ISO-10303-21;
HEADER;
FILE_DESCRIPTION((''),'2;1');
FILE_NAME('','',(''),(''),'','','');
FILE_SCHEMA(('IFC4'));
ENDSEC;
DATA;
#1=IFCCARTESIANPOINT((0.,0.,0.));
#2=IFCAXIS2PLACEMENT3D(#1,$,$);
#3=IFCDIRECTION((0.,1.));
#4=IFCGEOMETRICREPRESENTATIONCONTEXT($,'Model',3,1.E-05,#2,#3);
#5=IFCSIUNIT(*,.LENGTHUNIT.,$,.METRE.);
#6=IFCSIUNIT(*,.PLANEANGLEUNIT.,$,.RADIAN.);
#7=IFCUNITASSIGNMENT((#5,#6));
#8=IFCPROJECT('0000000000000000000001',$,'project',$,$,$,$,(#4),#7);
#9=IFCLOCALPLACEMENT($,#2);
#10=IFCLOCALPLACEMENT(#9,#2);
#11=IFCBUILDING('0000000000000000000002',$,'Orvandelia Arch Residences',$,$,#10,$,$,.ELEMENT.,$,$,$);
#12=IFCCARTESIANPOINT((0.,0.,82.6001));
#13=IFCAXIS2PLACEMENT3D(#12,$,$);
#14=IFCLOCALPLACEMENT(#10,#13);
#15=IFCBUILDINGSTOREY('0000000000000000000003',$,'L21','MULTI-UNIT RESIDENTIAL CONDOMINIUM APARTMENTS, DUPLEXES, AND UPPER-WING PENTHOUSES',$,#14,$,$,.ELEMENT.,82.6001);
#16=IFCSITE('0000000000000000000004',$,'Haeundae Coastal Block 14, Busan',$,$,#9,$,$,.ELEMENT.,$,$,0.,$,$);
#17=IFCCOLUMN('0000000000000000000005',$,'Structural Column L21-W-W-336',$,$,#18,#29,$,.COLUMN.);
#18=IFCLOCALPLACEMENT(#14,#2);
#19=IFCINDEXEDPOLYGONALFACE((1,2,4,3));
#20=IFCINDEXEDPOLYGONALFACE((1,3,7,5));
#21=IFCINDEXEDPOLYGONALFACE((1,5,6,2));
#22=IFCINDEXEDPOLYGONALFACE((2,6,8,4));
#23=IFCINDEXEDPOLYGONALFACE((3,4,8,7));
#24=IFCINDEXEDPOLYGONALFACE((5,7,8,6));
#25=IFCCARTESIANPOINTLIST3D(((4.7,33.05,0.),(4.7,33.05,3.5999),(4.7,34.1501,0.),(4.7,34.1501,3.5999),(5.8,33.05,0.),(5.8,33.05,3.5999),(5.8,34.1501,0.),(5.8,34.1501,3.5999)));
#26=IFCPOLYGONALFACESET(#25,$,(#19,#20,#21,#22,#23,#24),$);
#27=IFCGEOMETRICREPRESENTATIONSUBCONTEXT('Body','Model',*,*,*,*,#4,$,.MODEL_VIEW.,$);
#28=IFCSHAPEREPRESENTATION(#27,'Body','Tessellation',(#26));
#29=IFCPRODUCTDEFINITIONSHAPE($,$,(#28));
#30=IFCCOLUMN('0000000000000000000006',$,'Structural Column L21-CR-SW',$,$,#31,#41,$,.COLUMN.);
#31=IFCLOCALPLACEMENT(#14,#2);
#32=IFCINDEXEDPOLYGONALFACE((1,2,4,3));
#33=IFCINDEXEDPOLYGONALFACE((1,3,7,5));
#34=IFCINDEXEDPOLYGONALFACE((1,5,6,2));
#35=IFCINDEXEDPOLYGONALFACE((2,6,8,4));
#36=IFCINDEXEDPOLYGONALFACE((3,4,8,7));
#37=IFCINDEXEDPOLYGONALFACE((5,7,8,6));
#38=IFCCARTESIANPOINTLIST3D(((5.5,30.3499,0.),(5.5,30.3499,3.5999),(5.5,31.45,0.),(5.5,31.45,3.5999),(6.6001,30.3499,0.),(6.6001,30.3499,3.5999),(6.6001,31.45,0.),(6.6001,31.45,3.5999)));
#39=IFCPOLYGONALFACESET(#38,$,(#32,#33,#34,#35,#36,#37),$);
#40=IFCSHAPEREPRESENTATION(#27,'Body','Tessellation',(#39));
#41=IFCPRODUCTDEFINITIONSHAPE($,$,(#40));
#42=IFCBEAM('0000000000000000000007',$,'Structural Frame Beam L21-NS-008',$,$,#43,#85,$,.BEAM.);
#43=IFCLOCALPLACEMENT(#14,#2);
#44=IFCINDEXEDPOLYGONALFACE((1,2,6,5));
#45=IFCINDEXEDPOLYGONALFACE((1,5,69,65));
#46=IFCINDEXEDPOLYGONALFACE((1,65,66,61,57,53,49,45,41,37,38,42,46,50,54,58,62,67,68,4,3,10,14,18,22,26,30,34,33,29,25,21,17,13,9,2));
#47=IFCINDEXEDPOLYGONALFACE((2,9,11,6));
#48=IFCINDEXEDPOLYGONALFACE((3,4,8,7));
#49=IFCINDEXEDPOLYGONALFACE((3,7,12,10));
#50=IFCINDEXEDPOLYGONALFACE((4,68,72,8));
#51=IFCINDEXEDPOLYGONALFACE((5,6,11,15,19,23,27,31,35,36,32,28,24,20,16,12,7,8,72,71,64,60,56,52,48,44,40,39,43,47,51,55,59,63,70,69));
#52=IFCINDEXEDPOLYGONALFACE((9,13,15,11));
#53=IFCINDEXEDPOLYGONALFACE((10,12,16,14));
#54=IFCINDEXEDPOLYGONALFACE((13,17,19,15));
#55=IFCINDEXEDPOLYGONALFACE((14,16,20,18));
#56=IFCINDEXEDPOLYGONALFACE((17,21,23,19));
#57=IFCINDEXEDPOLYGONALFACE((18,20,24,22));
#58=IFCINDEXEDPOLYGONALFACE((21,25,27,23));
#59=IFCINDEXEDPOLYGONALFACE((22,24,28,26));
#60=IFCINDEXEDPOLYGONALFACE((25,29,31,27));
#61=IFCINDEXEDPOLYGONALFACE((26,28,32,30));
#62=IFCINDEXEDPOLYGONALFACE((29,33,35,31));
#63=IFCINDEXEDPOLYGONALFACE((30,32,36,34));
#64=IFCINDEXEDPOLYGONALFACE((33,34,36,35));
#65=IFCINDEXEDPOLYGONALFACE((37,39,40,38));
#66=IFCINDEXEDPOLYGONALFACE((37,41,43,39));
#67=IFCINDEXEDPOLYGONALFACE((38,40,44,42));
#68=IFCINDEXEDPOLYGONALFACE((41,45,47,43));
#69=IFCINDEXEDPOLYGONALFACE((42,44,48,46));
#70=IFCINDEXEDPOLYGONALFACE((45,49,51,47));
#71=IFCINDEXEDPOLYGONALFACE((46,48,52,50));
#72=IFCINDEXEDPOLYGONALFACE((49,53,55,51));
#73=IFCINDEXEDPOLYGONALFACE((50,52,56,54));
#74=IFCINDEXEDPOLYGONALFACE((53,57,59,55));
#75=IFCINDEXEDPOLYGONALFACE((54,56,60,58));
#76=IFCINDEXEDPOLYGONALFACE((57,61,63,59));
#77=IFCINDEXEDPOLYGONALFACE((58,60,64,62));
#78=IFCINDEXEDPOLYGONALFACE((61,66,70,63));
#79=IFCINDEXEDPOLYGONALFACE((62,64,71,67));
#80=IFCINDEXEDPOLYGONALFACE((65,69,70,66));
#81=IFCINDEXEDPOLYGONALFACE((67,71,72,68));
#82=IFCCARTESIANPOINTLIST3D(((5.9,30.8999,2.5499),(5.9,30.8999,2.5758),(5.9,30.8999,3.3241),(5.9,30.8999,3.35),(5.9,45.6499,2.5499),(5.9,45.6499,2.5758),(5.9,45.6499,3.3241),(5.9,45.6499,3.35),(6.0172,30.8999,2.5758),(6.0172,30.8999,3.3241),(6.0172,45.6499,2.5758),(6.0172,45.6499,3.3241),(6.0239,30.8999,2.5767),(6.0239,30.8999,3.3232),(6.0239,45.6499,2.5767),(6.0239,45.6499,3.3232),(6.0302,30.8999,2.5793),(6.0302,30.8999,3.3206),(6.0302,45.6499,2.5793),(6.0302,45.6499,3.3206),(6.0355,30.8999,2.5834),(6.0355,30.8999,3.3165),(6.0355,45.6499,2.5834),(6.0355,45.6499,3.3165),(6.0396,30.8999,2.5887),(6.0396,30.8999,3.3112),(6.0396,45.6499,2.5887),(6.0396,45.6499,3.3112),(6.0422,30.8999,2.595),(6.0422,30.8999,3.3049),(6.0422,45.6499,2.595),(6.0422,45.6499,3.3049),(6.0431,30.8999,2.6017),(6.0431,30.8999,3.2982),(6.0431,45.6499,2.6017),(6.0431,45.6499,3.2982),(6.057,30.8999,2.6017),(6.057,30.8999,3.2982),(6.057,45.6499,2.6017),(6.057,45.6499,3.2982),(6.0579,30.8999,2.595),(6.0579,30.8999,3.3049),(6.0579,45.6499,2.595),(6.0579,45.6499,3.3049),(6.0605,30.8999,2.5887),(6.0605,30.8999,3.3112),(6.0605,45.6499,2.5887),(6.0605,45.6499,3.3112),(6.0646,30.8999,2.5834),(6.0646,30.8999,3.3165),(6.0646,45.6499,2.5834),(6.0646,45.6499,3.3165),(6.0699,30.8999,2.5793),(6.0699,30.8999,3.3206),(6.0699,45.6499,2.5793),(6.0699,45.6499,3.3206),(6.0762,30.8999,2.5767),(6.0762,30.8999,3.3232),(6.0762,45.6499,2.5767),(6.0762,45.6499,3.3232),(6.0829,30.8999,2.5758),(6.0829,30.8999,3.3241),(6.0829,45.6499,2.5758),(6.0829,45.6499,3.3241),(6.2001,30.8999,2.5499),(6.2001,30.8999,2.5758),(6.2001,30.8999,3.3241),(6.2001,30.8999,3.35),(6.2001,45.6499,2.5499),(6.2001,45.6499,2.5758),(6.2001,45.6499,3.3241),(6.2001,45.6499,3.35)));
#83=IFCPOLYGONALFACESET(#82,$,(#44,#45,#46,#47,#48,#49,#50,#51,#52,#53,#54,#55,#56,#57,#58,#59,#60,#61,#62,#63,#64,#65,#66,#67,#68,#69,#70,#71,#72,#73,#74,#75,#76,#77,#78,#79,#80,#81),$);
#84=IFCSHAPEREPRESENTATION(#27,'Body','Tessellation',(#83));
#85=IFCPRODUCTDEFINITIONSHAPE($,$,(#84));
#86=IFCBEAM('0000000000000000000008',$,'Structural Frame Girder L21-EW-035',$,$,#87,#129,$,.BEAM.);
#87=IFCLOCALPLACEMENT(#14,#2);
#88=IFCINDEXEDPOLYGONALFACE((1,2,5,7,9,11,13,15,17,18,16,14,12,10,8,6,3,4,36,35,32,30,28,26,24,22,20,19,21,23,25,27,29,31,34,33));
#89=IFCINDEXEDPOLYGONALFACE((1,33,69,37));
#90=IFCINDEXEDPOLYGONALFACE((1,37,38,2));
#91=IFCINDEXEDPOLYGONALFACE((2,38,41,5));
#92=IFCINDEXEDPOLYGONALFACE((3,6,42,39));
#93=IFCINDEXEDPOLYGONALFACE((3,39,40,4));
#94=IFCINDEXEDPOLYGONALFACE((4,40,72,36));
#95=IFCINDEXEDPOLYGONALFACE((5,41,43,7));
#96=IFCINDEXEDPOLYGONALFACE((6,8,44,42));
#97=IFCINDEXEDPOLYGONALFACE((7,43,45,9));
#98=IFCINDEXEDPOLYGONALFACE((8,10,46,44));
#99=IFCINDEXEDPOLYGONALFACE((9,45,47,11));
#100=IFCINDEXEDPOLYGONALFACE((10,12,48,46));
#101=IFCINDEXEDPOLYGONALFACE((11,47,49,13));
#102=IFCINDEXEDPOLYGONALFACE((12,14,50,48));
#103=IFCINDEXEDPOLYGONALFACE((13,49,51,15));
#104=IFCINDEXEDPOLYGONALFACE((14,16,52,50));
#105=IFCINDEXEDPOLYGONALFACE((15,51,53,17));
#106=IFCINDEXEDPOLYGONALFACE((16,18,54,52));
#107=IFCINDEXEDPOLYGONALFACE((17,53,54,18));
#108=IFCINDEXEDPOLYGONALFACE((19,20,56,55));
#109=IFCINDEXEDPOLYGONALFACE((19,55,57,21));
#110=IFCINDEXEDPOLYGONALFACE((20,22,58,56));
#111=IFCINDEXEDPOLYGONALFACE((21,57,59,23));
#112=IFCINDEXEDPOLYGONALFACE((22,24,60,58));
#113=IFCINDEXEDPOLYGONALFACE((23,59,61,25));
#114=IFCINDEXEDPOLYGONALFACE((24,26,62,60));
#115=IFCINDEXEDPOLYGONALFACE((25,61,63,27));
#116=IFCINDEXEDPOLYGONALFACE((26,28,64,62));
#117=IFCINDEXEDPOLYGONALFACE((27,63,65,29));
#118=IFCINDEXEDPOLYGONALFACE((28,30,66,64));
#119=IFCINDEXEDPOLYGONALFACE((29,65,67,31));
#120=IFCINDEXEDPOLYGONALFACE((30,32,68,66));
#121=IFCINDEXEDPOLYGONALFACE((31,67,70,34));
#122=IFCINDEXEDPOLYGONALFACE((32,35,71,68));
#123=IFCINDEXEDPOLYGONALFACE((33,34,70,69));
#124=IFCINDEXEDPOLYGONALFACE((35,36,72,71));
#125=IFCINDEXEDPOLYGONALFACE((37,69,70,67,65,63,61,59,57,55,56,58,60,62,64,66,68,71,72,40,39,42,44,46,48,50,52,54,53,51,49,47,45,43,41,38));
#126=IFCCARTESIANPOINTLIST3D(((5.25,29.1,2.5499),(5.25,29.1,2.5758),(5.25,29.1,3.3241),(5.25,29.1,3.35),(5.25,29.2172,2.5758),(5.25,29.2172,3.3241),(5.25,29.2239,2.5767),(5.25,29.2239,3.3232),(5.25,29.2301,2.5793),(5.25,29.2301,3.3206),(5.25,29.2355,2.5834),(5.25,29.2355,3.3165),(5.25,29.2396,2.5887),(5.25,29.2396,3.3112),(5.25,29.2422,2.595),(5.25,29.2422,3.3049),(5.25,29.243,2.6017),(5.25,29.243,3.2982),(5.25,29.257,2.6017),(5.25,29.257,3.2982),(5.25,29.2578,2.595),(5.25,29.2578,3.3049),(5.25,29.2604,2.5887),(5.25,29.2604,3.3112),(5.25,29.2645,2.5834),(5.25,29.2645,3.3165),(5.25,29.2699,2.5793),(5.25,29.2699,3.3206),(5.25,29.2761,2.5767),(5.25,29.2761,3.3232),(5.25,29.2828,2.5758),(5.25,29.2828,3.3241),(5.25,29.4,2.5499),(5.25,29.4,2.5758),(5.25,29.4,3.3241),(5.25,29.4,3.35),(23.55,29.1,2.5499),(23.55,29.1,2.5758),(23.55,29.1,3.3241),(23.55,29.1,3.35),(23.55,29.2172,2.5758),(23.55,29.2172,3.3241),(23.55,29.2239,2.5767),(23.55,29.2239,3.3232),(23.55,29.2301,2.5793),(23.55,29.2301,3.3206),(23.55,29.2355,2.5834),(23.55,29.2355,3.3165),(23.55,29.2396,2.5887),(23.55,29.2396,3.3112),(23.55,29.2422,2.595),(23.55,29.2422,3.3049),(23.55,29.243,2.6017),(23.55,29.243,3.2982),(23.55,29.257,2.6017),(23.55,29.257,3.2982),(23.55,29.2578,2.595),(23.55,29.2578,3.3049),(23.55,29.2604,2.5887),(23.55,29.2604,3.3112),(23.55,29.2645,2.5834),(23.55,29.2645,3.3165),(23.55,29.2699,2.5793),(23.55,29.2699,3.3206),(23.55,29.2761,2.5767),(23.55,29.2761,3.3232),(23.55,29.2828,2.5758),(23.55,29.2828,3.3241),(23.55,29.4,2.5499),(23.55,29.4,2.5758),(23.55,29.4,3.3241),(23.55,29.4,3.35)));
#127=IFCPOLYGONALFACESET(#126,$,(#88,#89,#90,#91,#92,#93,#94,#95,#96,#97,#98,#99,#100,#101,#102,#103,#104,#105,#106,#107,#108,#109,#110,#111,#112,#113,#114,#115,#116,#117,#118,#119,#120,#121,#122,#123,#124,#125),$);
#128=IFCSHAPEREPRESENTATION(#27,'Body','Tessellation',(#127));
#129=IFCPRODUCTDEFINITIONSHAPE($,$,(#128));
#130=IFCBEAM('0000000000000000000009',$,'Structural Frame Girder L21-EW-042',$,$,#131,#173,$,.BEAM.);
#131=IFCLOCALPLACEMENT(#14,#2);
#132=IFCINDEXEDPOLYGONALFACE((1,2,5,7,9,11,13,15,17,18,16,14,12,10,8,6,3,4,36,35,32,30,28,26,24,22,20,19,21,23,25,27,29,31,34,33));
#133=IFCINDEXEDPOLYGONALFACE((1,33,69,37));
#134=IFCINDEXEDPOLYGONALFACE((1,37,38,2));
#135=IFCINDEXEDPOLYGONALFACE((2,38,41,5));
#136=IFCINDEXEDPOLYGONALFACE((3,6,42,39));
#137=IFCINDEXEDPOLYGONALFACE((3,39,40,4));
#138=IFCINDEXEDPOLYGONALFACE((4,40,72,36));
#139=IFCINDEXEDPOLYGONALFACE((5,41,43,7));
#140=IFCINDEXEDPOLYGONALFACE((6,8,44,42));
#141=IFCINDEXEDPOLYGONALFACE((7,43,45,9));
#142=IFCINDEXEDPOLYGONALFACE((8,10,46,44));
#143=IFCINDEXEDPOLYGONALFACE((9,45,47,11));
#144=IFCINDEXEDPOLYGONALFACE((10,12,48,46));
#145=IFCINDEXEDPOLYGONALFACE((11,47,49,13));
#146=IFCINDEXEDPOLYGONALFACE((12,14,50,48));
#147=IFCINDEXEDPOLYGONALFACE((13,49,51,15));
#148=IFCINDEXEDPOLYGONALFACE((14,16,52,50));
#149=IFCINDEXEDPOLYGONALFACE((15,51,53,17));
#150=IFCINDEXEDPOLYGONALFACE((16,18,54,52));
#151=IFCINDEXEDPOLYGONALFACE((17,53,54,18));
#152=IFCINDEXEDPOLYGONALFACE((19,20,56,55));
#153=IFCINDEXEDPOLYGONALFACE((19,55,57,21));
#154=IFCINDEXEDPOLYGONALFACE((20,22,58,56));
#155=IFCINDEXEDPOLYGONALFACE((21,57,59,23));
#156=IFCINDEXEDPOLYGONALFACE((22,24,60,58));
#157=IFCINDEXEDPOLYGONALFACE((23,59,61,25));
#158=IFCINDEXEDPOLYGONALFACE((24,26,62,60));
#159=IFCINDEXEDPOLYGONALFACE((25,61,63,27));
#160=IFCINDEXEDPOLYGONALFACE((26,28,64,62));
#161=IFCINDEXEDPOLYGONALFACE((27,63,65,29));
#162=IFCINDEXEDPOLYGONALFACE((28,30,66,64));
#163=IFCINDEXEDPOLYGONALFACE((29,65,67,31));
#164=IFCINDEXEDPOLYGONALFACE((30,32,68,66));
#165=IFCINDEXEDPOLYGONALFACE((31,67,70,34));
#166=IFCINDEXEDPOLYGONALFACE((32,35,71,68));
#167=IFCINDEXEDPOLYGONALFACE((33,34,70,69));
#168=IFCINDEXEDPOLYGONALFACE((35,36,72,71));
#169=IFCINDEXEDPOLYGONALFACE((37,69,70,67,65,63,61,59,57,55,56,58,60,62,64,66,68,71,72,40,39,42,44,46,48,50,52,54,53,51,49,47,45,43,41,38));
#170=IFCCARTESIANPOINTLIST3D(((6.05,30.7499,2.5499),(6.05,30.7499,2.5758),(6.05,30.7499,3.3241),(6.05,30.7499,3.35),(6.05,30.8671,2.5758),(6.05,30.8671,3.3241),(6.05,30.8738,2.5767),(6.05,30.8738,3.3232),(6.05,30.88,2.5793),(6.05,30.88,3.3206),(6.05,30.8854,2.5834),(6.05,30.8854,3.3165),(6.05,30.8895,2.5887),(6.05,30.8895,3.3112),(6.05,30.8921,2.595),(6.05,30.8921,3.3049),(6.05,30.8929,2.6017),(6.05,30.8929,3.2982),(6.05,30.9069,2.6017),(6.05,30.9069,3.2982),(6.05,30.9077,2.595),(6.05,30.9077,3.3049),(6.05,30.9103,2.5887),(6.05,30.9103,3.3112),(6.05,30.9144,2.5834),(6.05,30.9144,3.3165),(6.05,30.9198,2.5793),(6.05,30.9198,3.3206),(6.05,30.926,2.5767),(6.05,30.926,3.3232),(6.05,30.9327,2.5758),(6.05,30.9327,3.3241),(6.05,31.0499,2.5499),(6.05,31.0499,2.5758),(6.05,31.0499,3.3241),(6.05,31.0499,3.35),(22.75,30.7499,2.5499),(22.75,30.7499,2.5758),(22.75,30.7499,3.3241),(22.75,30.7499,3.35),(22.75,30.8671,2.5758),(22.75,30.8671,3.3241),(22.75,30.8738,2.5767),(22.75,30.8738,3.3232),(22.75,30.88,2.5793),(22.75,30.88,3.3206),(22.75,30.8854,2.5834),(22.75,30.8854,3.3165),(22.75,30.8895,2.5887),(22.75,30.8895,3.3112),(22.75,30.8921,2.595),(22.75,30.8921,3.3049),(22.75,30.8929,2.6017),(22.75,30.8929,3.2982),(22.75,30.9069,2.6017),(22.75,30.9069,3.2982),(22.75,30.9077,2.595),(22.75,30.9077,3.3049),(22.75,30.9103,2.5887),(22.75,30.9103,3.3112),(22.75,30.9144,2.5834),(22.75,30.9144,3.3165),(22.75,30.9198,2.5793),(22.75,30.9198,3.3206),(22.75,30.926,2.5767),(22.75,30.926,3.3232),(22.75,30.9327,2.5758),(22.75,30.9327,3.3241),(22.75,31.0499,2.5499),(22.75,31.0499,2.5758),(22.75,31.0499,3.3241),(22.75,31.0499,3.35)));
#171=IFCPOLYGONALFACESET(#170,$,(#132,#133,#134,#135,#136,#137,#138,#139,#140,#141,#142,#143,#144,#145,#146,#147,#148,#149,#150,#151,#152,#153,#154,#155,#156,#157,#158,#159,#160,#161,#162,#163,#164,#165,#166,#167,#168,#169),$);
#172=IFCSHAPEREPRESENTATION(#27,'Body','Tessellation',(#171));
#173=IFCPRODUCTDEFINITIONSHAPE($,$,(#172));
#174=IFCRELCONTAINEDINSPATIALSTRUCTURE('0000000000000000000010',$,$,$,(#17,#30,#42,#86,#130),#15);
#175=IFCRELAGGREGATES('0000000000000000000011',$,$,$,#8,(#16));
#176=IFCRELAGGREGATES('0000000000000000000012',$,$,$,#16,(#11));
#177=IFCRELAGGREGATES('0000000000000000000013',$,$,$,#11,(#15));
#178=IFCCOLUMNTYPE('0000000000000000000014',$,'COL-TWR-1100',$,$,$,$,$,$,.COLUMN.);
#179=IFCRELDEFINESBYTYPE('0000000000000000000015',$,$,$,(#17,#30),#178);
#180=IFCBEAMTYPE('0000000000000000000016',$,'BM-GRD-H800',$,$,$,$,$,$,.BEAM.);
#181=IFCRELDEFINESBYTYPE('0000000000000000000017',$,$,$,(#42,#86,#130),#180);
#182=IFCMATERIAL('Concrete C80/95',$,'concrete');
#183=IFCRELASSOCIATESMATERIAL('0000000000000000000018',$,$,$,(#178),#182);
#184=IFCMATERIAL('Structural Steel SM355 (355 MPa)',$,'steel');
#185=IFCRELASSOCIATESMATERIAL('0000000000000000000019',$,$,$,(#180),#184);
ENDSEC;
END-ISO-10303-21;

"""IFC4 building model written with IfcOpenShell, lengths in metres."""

from ifc_helpers import new_model, si_unit, direction, frame, origin, origin_2d, place, context, subcontext, project, spatial, rectangle, i_section, extrude, material, material_profile, profile_set, type_object, element, save


model = new_model("IFC4")

# Units and contexts
model_context = context("Model", 3, precision=1e-05, world=origin(), true_north=direction((0.0, 1.0)))
body_context = subcontext(model_context, "Body", "Model", "MODEL_VIEW")
ifc_project = project(units=[si_unit("LENGTHUNIT", "METRE"), si_unit("PLANEANGLEUNIT", "RADIAN")], contexts=[model_context])

# Site, building, storey
site_placement = place(None, origin())
site = spatial("IfcSite", under=ifc_project, at=site_placement, Name="Haeundae Coastal Block 14, Busan", CompositionType="ELEMENT", RefElevation=0.0)
building_placement = place(site_placement, origin())
building = spatial("IfcBuilding", under=site, at=building_placement, Name="Orvandelia Arch Residences", CompositionType="ELEMENT")
storey_placement = place(building_placement, frame((0.0, 0.0, 82.6001)))
storey = spatial("IfcBuildingStorey", under=building, at=storey_placement, Name="L21", Description="MULTI-UNIT RESIDENTIAL CONDOMINIUM APARTMENTS, DUPLEXES, AND UPPER-WING PENTHOUSES", CompositionType="ELEMENT", Elevation=82.6001)

# Columns
ifc_material_1 = material(Name="Concrete C80/95", Category="concrete")
ifc_material_profile_1 = material_profile(ifc_material_1, rectangle(XDim=1.1001, YDim=1.1001, at=origin_2d()), Name="Concrete C80/95", Category="concrete")
ifc_profile_set_1 = profile_set([ifc_material_profile_1], Name="Concrete C80/95")
column_type = type_object("IfcColumnType", Name="COL-TWR-1100", PredefinedType="COLUMN", material=ifc_profile_set_1)
for number, where, z_axis, x_axis, name in (
    (1, (5.25, 33.6001, 0.0), (0.0, 0.0, 1.0), (1.0, 0.0, 0.0), "Structural Column L21-W-W-336"),
    (2, (6.05, 30.8999, 0.0), (0.0, 0.0, 1.0), (1.0, 0.0, 0.0), "Structural Column L21-CR-SW"),
):
    element("IfcColumn", number, at=place(storey_placement, frame(where, z_axis=z_axis, x_axis=x_axis)), inside=storey, type_object=column_type, Name=name, PredefinedType="COLUMN", context=body_context, shape_type="SweptSolid", body=[
        extrude(rectangle(XDim=1.1001, YDim=1.1001, at=origin_2d()), origin(), (0.0, 0.0, 1.0), 3.5999),
    ])

# Beams
ifc_material_2 = material(Name="Structural Steel SM355 (355 MPa)", Category="steel")
ifc_material_profile_2 = material_profile(ifc_material_2, i_section(OverallWidth=0.3, OverallDepth=0.8, WebThickness=0.0139, FlangeThickness=0.0259, FilletRadius=0.0259, at=origin_2d()), Name="Structural Steel SM355 (355 MPa)", Category="steel")
ifc_profile_set_2 = profile_set([ifc_material_profile_2], Name="Structural Steel SM355 (355 MPa)")
beam_type_1 = type_object("IfcBeamType", Name="BM-GRD-H800", PredefinedType="BEAM", material=ifc_profile_set_2)
beam_1_placement = place(storey_placement, frame((6.05, 30.8999, 2.95), z_axis=(0.0, 1.0, 0.0), x_axis=(-1.0, 0.0, 0.0)))
element("IfcBeam", 3, at=beam_1_placement, inside=storey, type_object=beam_type_1, Name="Structural Frame Beam L21-NS-008", PredefinedType="BEAM", context=body_context, shape_type="SweptSolid", body=[
    extrude(i_section(OverallWidth=0.3, OverallDepth=0.8, WebThickness=0.0139, FlangeThickness=0.0259, FilletRadius=0.0259, at=origin_2d()), origin(), (0.0, 0.0, 1.0), 14.75),
])
beam_2_placement = place(storey_placement, frame((5.25, 29.25, 2.95), z_axis=(1.0, 0.0, 0.0), x_axis=(0.0, 1.0, 0.0)))
element("IfcBeam", 4, at=beam_2_placement, inside=storey, type_object=beam_type_1, Name="Structural Frame Girder L21-EW-035", PredefinedType="BEAM", context=body_context, shape_type="SweptSolid", body=[
    extrude(i_section(OverallWidth=0.3, OverallDepth=0.8, WebThickness=0.0139, FlangeThickness=0.0259, FilletRadius=0.0259, at=origin_2d()), origin(), (0.0, 0.0, 1.0), 18.3),
])
beam_3_placement = place(storey_placement, frame((6.05, 30.8999, 2.95), z_axis=(1.0, 0.0, 0.0), x_axis=(0.0, 1.0, 0.0)))
element("IfcBeam", 5, at=beam_3_placement, inside=storey, type_object=beam_type_1, Name="Structural Frame Girder L21-EW-042", PredefinedType="BEAM", context=body_context, shape_type="SweptSolid", body=[
    extrude(i_section(OverallWidth=0.3, OverallDepth=0.8, WebThickness=0.0139, FlangeThickness=0.0259, FilletRadius=0.0259, at=origin_2d()), origin(), (0.0, 0.0, 1.0), 16.7),
])

save(model, "model.ifc")
